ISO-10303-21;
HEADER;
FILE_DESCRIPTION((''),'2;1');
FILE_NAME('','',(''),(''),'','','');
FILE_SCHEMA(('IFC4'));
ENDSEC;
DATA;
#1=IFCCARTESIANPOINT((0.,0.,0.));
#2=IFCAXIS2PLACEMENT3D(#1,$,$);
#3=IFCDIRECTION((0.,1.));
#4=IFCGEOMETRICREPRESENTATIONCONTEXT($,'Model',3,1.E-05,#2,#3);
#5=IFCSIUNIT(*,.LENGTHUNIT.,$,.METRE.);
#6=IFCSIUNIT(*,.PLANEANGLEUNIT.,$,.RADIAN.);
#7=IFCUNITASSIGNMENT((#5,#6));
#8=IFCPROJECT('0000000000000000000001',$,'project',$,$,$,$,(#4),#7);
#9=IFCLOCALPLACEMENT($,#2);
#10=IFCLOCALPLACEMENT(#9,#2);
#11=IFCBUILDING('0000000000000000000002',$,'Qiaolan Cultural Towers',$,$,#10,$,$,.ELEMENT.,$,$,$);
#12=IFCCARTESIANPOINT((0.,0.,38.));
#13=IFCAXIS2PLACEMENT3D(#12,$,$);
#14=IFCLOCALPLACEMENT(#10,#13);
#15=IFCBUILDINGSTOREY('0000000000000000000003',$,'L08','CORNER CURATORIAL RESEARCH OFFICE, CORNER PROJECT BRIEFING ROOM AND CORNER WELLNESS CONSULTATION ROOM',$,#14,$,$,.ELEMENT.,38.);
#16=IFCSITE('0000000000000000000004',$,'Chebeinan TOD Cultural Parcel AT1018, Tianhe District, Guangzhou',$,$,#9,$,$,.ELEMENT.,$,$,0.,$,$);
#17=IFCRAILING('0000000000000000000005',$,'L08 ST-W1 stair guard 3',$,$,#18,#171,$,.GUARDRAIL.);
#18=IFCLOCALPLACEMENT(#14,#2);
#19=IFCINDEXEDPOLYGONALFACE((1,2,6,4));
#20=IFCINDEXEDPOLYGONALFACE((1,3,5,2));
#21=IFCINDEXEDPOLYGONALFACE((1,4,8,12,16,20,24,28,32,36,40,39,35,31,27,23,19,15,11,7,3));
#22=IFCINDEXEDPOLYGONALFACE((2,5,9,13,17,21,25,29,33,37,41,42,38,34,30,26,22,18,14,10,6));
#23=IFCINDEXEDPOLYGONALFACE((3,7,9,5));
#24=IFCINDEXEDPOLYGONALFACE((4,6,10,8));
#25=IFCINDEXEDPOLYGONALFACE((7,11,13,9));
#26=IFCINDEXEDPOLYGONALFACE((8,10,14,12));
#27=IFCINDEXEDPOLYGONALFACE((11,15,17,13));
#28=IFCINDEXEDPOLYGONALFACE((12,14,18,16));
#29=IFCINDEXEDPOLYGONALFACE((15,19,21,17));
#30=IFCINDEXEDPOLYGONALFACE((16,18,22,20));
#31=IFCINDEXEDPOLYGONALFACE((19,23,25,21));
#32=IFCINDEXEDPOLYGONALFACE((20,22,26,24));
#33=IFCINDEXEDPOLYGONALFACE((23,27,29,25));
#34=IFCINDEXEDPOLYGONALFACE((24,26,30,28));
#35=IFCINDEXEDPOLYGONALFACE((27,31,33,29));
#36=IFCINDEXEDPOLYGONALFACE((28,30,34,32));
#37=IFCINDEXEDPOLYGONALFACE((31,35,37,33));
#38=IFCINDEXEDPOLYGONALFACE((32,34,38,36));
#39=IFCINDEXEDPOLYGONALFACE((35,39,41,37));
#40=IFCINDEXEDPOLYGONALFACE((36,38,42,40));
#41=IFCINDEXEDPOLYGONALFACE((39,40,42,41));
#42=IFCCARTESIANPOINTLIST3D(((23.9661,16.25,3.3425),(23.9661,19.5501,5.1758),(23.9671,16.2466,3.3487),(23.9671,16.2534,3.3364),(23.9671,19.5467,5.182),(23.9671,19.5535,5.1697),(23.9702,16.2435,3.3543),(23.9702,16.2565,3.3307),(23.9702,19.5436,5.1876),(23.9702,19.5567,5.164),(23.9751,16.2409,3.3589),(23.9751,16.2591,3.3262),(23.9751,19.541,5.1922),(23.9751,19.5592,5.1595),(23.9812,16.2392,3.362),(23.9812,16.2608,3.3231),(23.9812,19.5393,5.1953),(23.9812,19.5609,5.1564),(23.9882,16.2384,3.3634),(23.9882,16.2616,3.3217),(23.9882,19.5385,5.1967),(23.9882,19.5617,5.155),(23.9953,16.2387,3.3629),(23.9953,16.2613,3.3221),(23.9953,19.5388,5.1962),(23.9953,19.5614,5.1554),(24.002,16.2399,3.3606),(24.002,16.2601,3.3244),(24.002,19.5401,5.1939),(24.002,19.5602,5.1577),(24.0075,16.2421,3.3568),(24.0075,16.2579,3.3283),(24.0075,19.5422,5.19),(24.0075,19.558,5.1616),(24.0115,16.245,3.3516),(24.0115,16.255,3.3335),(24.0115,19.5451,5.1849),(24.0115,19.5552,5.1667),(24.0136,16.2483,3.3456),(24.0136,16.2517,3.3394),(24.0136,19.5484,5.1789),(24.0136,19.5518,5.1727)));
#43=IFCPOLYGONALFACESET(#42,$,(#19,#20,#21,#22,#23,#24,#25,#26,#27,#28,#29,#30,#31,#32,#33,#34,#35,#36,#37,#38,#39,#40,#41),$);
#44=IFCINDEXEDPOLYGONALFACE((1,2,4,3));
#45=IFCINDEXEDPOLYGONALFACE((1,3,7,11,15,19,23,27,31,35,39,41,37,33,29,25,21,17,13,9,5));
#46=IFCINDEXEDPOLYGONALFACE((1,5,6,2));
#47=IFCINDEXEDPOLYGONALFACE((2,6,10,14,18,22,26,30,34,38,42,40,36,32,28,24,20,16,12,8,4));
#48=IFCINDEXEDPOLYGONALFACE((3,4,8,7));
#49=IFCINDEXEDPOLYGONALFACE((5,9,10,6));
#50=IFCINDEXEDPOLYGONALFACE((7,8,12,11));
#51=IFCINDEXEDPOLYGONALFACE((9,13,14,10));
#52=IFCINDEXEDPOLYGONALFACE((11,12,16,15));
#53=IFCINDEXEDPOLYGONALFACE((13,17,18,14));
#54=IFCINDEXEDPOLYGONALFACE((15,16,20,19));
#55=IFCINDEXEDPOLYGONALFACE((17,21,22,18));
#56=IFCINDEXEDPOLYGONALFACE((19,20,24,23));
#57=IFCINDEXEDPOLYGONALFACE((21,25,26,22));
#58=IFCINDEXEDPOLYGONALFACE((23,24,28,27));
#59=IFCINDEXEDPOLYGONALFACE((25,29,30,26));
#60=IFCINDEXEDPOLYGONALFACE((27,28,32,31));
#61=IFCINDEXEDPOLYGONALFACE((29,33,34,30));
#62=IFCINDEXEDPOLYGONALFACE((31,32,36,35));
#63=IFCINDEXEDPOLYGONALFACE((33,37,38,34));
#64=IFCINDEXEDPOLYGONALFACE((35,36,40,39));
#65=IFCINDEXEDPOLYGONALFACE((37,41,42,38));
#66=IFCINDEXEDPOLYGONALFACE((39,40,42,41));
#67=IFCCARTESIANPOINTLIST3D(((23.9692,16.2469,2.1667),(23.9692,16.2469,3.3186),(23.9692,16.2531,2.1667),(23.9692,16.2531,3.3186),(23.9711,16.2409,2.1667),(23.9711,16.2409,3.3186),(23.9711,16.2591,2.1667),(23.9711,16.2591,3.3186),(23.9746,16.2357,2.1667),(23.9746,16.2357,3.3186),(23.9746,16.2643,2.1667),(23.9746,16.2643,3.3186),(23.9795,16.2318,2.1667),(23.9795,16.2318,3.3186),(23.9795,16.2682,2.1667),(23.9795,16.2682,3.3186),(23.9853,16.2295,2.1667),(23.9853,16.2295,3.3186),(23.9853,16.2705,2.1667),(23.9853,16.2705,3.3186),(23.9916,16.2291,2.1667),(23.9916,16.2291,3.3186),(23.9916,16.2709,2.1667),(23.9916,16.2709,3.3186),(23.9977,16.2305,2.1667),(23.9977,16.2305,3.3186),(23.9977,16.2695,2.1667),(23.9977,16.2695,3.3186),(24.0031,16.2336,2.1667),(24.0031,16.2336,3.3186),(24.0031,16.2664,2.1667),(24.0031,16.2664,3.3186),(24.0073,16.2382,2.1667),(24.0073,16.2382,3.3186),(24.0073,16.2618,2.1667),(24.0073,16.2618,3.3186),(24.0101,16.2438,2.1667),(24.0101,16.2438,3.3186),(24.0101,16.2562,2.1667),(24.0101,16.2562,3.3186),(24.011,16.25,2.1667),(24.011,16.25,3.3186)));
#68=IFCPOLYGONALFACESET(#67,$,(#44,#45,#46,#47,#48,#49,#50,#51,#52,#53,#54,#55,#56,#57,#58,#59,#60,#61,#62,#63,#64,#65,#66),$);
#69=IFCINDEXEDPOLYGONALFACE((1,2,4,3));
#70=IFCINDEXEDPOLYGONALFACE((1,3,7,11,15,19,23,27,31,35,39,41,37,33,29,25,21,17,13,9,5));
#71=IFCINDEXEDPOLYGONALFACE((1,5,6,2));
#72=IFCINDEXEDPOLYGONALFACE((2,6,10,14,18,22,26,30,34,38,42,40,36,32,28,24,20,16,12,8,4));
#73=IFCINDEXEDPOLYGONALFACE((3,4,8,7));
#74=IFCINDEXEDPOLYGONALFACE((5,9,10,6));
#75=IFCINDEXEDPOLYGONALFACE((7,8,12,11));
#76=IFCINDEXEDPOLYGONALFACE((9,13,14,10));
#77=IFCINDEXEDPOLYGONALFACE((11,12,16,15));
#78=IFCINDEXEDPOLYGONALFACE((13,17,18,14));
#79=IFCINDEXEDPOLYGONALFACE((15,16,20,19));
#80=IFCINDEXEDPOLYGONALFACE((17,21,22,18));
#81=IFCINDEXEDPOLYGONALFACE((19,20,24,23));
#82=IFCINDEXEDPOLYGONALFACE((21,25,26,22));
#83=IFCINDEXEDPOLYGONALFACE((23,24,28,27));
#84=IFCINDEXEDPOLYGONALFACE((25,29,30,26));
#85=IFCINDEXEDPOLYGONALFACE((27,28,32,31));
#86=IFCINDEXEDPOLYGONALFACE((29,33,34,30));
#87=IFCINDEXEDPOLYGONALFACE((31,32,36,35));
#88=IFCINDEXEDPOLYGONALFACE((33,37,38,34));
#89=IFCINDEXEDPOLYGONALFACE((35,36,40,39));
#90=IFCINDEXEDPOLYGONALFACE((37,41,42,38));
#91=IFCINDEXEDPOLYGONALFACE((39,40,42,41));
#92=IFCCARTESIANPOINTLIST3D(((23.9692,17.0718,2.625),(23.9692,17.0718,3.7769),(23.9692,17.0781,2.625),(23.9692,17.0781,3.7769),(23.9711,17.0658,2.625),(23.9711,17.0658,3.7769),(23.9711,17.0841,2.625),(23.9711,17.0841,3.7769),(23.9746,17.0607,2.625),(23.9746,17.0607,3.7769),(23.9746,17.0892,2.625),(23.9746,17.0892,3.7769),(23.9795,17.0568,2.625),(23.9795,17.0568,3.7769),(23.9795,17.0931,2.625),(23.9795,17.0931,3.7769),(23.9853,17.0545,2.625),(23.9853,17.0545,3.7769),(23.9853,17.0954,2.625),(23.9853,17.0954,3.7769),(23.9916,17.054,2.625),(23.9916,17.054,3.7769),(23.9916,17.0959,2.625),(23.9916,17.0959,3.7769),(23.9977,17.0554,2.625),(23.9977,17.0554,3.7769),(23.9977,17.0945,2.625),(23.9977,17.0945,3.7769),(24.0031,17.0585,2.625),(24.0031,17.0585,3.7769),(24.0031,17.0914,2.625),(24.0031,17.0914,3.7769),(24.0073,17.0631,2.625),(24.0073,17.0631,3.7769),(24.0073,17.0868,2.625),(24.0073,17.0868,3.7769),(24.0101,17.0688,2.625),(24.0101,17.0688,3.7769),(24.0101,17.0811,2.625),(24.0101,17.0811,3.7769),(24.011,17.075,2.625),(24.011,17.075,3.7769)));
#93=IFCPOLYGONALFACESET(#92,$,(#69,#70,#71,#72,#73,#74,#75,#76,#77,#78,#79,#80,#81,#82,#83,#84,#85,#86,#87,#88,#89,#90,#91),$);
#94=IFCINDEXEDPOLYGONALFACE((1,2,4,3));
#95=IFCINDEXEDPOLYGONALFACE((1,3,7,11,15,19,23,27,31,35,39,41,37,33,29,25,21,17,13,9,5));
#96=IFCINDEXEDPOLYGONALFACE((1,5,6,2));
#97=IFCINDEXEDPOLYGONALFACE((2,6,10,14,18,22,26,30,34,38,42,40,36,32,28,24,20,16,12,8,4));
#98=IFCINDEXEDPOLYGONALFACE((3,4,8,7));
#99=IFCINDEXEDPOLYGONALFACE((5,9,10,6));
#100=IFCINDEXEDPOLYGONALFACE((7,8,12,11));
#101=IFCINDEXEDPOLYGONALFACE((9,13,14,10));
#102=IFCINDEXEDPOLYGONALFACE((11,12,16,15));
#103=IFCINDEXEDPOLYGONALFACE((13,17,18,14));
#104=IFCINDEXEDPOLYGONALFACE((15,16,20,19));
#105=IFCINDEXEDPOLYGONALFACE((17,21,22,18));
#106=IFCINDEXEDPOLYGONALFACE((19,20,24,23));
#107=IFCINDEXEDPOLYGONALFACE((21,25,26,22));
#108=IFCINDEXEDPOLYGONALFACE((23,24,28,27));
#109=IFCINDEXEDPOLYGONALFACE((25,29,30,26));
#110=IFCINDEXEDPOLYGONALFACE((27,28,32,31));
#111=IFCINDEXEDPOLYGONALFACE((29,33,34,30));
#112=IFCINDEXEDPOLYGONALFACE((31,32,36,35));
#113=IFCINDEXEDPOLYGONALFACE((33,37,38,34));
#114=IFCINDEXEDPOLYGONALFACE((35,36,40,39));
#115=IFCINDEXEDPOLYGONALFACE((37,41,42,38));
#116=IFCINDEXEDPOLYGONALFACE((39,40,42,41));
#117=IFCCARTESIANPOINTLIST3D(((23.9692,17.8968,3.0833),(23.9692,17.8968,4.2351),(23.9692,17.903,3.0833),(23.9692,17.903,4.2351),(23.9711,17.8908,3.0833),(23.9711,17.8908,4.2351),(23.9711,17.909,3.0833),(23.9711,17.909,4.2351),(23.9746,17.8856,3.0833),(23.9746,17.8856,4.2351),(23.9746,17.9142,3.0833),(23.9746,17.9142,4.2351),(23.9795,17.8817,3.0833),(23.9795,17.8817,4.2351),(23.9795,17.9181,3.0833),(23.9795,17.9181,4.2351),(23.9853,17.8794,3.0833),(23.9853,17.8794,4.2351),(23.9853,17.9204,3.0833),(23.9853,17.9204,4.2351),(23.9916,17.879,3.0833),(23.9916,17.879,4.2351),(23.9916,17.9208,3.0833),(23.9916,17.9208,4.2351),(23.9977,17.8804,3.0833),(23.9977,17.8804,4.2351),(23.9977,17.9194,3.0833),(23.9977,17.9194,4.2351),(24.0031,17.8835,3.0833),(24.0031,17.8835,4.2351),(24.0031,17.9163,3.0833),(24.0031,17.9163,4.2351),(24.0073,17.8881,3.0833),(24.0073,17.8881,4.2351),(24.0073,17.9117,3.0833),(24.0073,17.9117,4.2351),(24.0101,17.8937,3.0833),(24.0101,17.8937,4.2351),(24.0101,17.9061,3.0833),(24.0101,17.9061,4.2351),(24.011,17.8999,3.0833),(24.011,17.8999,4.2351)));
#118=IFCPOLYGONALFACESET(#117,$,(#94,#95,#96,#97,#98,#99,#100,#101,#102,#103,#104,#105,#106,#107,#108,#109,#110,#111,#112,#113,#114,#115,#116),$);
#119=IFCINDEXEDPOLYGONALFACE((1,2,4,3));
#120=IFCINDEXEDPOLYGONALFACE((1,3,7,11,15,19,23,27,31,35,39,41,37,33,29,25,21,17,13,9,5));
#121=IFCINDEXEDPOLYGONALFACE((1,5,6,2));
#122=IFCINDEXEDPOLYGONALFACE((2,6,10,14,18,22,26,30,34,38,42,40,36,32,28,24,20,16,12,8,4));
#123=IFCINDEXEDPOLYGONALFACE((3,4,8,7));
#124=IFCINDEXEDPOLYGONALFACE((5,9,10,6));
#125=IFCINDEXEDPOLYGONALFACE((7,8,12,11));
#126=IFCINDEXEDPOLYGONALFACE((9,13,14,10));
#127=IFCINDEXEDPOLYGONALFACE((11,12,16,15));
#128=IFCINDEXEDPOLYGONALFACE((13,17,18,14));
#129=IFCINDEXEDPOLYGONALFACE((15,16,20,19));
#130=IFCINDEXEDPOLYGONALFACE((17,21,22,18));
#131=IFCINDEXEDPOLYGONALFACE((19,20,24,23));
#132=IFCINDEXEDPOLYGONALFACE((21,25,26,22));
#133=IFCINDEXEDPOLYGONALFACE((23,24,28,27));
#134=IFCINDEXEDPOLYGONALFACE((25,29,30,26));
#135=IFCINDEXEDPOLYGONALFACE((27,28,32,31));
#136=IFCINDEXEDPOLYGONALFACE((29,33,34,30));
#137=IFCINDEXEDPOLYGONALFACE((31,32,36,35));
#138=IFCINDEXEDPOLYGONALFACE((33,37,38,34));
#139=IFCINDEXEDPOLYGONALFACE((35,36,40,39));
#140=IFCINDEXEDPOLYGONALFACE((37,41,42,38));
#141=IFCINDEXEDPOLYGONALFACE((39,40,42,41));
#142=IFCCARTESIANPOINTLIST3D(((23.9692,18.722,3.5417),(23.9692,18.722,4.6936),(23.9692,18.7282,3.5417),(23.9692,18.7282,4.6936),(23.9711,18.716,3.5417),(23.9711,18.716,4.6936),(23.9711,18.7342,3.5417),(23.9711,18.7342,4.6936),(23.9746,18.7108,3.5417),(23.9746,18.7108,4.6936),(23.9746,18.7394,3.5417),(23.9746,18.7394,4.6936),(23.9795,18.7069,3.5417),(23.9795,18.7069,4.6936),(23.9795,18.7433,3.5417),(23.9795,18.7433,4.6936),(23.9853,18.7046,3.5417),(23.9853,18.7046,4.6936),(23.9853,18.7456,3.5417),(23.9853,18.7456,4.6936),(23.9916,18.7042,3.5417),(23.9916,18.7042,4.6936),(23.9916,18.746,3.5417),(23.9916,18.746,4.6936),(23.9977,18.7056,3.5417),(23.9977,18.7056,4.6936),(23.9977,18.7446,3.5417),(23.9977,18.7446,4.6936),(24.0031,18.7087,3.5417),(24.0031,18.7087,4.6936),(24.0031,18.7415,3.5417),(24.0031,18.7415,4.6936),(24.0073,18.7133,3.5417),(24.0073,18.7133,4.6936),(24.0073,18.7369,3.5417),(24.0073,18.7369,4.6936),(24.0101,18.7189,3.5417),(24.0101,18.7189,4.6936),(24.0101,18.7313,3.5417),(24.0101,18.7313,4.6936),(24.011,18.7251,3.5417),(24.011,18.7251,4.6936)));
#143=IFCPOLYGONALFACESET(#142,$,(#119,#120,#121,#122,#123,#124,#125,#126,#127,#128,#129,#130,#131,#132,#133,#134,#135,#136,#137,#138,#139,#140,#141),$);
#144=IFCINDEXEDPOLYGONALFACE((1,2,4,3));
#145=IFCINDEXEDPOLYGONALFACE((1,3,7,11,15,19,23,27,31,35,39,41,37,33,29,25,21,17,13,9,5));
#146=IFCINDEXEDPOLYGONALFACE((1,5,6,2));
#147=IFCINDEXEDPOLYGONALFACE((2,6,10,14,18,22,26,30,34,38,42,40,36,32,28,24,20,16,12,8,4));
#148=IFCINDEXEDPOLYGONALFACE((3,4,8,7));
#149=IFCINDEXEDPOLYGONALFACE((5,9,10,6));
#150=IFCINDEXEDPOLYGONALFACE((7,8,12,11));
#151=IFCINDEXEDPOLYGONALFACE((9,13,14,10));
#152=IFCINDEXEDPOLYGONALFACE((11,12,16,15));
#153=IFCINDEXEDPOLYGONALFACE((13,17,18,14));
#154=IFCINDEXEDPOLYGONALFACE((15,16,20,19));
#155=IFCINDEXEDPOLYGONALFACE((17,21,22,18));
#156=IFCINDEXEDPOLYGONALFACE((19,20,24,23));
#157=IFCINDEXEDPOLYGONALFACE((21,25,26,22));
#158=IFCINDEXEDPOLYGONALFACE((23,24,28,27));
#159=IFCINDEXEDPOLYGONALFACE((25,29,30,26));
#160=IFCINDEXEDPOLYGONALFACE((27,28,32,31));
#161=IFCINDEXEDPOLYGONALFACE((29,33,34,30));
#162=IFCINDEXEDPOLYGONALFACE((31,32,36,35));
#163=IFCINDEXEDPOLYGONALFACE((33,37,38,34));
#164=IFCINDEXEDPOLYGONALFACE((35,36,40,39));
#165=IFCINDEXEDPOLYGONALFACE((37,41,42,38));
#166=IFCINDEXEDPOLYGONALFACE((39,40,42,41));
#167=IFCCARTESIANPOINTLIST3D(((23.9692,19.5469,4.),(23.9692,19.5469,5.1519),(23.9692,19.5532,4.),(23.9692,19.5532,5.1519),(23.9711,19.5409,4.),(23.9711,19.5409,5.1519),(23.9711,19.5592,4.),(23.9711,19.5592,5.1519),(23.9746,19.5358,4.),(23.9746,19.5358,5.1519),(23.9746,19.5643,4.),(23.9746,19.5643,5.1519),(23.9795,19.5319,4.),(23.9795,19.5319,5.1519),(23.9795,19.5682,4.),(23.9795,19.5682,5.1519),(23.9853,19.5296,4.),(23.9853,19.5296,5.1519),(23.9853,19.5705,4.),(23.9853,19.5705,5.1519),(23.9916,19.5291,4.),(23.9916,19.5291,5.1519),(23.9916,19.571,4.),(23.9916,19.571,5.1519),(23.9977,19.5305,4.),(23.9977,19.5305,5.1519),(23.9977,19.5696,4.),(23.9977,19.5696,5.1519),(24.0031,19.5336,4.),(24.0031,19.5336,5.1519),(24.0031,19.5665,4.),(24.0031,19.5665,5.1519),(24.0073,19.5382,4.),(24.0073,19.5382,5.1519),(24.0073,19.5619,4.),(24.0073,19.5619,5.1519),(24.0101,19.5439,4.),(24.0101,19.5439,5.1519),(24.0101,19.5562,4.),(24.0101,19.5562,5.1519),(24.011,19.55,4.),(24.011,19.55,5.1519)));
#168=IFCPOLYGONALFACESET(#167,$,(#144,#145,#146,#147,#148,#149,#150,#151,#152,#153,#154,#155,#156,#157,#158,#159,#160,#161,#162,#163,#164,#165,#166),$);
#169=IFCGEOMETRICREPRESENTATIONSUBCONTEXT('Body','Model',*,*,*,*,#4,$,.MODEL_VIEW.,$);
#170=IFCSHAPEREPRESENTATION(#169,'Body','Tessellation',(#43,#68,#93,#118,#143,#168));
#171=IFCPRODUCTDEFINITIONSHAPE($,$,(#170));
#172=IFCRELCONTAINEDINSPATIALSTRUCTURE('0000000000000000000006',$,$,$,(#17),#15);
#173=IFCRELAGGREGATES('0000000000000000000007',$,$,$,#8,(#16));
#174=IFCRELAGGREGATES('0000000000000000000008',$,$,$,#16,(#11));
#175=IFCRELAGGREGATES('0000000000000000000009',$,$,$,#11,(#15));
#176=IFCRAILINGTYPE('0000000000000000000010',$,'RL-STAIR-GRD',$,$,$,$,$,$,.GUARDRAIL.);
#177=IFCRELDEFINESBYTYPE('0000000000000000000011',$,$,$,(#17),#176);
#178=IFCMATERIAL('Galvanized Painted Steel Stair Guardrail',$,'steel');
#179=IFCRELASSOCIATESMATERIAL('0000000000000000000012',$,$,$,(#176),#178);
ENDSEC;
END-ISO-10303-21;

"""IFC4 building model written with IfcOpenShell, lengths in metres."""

from ifc_helpers import new_model, si_unit, direction, frame, origin, origin_2d, place, context, subcontext, project, spatial, circle, extrude, material, type_object, element, save


model = new_model("IFC4")

# Units and contexts
model_context = context("Model", 3, precision=1e-05, world=origin(), true_north=direction((0.0, 1.0)))
body_context = subcontext(model_context, "Body", "Model", "MODEL_VIEW")
ifc_project = project(units=[si_unit("LENGTHUNIT", "METRE"), si_unit("PLANEANGLEUNIT", "RADIAN")], contexts=[model_context])

# Site, building, storey
site_placement = place(None, origin())
site = spatial("IfcSite", under=ifc_project, at=site_placement, Name="Chebeinan TOD Cultural Parcel AT1018, Tianhe District, Guangzhou", CompositionType="ELEMENT", RefElevation=0.0)
building_placement = place(site_placement, origin())
building = spatial("IfcBuilding", under=site, at=building_placement, Name="Qiaolan Cultural Towers", CompositionType="ELEMENT")
storey_placement = place(building_placement, frame((0.0, 0.0, 38.0)))
storey = spatial("IfcBuildingStorey", under=building, at=storey_placement, Name="L08", Description="CORNER CURATORIAL RESEARCH OFFICE, CORNER PROJECT BRIEFING ROOM AND CORNER WELLNESS CONSULTATION ROOM", CompositionType="ELEMENT", Elevation=38.0)

# Railing
ifc_material_1 = material(Name="Galvanized Painted Steel Stair Guardrail", Category="steel")
railing_type_1 = type_object("IfcRailingType", Name="RL-STAIR-GRD", PredefinedType="GUARDRAIL", material=ifc_material_1)
railing_1_placement = place(storey_placement, frame((23.99, 16.25, 2.1667)))
element("IfcRailing", 1, at=railing_1_placement, inside=storey, type_object=railing_type_1, Name="L08 ST-W1 stair guard 3", PredefinedType="GUARDRAIL", context=body_context, shape_type="SweptSolid", body=[
    extrude(circle(Radius=0.0239, at=origin_2d()), frame((0.0, 0.0, 1.1758), z_axis=(0.0, 0.874169, 0.485621), x_axis=(-1.0, 0.0, 0.0)), (0.0, 0.0, 1.0), 3.7751),
    extrude(circle(Radius=0.021, at=origin_2d()), origin(), (0.0, 0.0, 1.0), 1.1519),
    extrude(circle(Radius=0.021, at=origin_2d()), frame((0.0, 0.825, 0.4583)), (0.0, 0.0, 1.0), 1.1519),
    extrude(circle(Radius=0.021, at=origin_2d()), frame((0.0, 1.6499, 0.9165)), (0.0, 0.0, 1.0), 1.1519),
    extrude(circle(Radius=0.021, at=origin_2d()), frame((0.0, 2.4751, 1.375)), (0.0, 0.0, 1.0), 1.1519),
    extrude(circle(Radius=0.021, at=origin_2d()), frame((0.0, 3.3, 1.8333)), (0.0, 0.0, 1.0), 1.1519),
])

save(model, "model.ifc")
